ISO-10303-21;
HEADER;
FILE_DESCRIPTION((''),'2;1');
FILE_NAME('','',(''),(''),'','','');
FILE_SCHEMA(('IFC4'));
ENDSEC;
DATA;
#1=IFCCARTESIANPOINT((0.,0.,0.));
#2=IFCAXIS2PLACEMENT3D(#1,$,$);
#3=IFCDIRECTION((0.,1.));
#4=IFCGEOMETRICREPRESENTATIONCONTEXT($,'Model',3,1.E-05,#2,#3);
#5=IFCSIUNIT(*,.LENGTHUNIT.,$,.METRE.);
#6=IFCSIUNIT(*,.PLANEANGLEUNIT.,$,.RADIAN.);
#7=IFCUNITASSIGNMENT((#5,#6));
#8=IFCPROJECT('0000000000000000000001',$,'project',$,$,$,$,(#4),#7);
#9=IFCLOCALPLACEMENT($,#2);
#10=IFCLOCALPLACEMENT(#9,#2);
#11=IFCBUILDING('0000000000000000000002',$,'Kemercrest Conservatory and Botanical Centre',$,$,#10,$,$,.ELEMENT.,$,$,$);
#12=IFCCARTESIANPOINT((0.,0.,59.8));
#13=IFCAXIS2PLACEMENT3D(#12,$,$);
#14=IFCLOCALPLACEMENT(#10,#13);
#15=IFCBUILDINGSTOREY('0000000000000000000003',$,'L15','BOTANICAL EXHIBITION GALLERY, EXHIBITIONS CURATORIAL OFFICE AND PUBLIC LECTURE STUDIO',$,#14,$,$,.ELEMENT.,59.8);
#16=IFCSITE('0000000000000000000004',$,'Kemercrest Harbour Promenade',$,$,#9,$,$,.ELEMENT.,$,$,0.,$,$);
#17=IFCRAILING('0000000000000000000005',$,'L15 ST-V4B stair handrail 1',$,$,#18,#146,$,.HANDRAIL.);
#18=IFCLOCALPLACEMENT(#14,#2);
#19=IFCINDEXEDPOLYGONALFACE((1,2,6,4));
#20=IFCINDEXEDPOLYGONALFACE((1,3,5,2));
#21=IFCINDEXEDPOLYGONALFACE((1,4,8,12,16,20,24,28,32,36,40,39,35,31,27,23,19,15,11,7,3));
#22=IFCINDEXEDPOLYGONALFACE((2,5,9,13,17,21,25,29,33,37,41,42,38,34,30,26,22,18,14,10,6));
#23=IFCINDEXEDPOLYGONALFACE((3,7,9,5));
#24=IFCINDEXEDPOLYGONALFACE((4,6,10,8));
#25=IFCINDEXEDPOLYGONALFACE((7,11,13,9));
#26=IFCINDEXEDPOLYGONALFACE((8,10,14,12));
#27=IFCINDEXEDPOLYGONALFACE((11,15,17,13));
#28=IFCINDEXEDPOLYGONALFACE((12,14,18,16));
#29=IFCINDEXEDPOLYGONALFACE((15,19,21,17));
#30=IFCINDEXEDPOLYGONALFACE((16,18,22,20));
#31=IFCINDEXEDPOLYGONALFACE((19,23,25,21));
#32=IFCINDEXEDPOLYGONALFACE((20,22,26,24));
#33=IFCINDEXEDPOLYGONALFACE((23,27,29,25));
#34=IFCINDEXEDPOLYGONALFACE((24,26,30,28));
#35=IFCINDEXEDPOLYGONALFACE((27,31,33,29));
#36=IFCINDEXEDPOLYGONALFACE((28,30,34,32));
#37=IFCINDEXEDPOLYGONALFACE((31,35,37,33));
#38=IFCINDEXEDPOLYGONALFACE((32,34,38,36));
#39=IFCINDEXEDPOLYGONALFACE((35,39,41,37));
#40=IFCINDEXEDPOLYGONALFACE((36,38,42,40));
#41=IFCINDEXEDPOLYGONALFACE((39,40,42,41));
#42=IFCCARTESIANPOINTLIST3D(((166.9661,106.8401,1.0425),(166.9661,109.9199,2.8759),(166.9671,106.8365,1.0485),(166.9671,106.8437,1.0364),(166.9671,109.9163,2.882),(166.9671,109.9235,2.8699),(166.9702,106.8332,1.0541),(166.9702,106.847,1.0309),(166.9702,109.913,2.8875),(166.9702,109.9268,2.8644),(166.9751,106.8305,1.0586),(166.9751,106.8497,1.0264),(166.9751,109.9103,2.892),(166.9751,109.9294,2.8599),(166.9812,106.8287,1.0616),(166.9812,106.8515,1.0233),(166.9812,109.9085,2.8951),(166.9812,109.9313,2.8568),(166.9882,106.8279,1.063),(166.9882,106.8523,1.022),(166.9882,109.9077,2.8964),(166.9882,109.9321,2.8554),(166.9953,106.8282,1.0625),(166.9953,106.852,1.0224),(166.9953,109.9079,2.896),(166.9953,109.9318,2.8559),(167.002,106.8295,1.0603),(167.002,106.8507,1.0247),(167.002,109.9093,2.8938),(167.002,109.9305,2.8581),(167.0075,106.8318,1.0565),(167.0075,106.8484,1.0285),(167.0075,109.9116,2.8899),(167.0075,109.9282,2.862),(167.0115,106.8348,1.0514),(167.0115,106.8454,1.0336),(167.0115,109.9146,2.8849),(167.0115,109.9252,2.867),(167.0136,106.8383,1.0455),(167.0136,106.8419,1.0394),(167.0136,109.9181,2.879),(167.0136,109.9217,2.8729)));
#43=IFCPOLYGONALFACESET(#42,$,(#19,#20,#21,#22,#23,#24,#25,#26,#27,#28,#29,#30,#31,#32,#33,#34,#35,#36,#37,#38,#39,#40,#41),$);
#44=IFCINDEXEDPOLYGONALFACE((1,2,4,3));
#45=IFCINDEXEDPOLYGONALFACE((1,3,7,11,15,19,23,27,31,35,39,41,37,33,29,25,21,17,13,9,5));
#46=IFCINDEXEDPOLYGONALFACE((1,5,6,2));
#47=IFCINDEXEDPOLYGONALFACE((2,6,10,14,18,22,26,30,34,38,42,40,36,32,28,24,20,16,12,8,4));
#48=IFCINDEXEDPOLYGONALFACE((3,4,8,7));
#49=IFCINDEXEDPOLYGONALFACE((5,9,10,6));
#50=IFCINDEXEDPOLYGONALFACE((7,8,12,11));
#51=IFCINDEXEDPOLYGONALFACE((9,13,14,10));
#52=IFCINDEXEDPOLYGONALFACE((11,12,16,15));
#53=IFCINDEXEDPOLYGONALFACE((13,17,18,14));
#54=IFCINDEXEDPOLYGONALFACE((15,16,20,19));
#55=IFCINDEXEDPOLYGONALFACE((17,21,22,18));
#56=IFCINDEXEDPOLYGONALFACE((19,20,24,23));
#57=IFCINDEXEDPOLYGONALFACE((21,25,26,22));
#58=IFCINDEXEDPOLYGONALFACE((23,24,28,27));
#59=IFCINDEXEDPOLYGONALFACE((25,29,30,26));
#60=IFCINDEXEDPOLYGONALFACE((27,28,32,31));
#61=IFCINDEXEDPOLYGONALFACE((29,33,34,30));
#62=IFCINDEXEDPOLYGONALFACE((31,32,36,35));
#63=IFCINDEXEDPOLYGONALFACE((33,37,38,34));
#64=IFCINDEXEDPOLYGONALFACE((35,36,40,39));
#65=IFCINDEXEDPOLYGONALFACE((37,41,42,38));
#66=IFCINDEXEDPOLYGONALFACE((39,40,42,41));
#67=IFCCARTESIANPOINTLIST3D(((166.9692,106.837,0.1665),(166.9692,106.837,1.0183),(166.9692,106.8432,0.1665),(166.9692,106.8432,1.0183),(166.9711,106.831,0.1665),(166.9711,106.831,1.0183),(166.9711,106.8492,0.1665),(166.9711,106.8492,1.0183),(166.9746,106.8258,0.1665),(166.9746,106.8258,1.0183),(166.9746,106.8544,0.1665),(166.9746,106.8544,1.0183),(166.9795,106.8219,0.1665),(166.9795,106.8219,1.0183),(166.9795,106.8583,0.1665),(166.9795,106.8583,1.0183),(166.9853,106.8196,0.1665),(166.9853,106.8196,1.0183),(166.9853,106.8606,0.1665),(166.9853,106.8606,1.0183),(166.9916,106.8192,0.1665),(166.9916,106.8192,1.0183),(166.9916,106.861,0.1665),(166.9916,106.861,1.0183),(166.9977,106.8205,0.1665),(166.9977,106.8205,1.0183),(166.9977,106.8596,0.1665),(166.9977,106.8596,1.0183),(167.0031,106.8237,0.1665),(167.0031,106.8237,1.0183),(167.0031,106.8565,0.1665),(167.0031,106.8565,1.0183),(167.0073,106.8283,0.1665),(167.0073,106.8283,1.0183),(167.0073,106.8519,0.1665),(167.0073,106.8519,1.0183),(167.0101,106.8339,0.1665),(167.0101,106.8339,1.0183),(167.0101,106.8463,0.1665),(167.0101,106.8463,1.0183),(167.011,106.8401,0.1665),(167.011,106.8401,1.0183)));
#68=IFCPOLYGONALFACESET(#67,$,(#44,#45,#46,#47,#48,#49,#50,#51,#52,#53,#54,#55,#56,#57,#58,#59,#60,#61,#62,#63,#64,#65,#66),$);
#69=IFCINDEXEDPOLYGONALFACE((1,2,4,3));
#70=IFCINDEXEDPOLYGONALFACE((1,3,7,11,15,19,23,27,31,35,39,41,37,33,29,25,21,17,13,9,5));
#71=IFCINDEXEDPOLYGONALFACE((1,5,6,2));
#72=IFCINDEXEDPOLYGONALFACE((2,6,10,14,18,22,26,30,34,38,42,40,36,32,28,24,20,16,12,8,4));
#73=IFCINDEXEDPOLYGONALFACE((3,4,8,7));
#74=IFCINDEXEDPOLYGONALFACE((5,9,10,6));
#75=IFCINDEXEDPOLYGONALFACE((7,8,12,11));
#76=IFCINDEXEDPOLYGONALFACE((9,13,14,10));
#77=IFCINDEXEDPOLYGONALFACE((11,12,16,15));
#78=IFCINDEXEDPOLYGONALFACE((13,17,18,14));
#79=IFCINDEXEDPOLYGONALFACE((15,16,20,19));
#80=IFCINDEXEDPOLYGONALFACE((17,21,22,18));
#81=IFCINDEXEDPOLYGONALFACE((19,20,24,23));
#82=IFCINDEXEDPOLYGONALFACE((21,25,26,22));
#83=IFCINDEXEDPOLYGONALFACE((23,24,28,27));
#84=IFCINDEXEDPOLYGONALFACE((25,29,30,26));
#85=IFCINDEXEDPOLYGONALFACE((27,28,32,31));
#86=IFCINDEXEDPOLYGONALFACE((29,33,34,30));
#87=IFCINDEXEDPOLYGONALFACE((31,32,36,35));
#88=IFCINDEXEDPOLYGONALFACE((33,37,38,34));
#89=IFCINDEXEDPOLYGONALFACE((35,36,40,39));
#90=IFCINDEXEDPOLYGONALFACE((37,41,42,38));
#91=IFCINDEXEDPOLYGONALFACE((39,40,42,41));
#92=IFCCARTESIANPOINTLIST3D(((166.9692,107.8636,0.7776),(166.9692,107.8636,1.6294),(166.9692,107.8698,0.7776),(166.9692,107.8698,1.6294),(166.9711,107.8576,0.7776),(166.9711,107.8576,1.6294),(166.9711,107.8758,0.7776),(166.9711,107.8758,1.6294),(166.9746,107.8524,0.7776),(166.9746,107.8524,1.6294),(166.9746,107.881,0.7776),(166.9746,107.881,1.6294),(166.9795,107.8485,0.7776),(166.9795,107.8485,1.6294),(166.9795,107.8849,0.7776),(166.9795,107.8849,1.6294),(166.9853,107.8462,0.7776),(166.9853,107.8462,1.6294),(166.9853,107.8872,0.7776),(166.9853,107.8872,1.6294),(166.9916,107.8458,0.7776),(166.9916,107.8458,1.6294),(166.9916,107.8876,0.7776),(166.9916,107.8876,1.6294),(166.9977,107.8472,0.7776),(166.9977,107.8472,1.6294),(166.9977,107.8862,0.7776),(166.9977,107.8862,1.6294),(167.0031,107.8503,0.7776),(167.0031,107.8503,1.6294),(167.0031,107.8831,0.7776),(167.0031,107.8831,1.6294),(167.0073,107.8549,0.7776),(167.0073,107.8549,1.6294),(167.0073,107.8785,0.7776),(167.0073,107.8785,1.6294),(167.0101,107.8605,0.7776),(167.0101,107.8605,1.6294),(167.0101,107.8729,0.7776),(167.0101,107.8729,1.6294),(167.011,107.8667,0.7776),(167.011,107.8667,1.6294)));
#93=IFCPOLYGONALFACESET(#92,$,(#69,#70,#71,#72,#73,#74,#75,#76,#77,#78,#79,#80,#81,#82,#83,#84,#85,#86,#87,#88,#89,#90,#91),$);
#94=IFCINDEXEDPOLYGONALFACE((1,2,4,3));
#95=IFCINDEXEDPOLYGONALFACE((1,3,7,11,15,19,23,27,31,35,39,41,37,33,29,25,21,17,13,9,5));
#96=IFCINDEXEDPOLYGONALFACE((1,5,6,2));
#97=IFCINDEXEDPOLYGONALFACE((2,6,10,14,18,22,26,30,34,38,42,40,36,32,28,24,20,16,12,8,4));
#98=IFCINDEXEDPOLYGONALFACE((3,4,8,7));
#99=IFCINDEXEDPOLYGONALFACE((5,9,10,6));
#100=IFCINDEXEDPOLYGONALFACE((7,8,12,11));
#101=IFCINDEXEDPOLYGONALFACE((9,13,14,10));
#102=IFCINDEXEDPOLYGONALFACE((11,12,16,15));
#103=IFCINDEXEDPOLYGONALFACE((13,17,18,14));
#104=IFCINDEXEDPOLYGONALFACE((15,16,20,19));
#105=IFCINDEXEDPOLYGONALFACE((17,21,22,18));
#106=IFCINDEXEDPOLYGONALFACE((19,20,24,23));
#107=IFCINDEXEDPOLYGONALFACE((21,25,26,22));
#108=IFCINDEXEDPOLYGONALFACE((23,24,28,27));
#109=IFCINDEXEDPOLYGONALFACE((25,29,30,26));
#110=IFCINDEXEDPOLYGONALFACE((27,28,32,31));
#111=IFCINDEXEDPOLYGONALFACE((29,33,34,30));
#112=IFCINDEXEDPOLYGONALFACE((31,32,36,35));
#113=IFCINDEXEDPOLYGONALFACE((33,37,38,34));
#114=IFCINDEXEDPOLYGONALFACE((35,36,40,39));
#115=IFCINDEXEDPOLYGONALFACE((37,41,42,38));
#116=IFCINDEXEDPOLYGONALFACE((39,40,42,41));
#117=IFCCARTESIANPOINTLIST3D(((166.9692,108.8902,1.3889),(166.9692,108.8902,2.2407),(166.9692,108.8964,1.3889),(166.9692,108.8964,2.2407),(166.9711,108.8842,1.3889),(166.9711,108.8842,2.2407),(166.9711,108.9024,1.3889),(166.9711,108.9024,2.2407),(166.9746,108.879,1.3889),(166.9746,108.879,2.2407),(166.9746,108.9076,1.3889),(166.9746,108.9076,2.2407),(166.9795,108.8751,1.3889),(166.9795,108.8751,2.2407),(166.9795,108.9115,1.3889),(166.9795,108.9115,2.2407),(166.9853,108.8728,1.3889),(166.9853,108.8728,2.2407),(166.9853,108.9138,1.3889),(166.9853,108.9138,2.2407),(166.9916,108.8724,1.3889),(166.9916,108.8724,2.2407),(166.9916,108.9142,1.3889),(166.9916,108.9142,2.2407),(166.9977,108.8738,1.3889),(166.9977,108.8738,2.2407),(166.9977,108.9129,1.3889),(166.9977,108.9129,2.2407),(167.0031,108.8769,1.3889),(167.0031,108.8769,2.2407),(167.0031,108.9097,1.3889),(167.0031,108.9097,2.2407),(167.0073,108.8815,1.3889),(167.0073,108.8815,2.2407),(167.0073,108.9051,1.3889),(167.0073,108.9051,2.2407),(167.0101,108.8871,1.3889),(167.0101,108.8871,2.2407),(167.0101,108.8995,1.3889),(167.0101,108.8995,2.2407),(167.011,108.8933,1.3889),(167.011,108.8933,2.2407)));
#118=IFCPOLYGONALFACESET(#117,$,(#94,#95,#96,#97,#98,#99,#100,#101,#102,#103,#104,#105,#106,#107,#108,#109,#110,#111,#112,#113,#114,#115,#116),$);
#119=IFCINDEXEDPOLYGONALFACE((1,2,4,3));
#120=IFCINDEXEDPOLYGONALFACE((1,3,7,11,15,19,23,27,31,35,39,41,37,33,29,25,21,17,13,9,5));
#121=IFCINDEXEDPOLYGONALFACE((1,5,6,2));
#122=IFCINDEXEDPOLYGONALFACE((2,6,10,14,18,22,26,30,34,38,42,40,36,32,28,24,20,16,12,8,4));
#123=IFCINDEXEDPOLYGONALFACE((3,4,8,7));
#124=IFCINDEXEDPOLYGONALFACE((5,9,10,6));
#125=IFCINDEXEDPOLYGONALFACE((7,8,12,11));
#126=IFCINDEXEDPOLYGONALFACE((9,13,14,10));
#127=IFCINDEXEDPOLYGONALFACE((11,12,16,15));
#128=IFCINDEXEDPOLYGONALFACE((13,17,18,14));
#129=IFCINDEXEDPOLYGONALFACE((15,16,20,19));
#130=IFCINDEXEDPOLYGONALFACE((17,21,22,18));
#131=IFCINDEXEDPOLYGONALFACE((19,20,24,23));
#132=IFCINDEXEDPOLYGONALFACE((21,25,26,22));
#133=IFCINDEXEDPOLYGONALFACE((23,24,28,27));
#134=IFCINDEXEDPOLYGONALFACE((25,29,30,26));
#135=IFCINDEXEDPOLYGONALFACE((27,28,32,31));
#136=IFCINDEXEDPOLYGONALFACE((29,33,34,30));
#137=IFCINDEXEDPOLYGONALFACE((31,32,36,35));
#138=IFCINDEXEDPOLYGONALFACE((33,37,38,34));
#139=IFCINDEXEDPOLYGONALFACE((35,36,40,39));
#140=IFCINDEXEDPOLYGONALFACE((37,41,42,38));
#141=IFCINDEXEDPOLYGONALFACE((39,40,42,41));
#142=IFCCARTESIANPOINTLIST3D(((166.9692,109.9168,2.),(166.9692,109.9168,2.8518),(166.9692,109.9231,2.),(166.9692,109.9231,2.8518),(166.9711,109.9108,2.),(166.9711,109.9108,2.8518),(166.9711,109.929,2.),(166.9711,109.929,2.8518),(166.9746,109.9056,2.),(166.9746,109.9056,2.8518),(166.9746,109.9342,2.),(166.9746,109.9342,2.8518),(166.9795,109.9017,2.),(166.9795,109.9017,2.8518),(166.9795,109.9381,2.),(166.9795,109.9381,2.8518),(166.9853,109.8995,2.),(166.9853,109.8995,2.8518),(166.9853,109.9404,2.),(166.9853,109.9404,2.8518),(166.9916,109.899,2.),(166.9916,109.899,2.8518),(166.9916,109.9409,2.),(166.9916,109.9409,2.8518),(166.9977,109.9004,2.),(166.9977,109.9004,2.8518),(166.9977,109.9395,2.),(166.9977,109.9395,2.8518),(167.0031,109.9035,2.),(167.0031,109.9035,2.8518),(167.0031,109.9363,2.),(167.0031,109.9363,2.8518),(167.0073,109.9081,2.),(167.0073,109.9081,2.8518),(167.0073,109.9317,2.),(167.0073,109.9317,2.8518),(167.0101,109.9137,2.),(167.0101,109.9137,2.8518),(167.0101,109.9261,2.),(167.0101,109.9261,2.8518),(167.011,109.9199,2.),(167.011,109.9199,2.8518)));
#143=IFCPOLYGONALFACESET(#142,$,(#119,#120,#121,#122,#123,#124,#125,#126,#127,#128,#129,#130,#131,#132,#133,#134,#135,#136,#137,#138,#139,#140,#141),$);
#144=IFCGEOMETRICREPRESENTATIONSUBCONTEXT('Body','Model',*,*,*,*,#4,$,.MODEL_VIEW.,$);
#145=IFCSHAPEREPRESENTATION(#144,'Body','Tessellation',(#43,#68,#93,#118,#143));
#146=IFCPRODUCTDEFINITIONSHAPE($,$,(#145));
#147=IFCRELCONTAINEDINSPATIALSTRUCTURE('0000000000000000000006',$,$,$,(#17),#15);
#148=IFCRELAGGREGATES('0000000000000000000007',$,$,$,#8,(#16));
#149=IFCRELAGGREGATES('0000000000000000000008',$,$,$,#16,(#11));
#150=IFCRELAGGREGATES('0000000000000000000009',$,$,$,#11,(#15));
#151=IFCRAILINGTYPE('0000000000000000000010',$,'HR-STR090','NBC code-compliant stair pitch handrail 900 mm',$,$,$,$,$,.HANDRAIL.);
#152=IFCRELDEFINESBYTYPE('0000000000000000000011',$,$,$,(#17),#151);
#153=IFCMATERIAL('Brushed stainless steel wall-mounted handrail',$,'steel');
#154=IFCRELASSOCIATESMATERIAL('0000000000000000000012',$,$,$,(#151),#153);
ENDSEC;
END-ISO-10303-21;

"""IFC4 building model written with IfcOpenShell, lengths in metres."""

from ifc_helpers import new_model, si_unit, direction, frame, origin, origin_2d, place, context, subcontext, project, spatial, circle, extrude, material, type_object, element, save


model = new_model("IFC4")

# Units and contexts
model_context = context("Model", 3, precision=1e-05, world=origin(), true_north=direction((0.0, 1.0)))
body_context = subcontext(model_context, "Body", "Model", "MODEL_VIEW")
ifc_project = project(units=[si_unit("LENGTHUNIT", "METRE"), si_unit("PLANEANGLEUNIT", "RADIAN")], contexts=[model_context])

# Site, building, storey
site_placement = place(None, origin())
site = spatial("IfcSite", under=ifc_project, at=site_placement, Name="Kemercrest Harbour Promenade", CompositionType="ELEMENT", RefElevation=0.0)
building_placement = place(site_placement, origin())
building = spatial("IfcBuilding", under=site, at=building_placement, Name="Kemercrest Conservatory and Botanical Centre", CompositionType="ELEMENT")
storey_placement = place(building_placement, frame((0.0, 0.0, 59.8)))
storey = spatial("IfcBuildingStorey", under=building, at=storey_placement, Name="L15", Description="BOTANICAL EXHIBITION GALLERY, EXHIBITIONS CURATORIAL OFFICE AND PUBLIC LECTURE STUDIO", CompositionType="ELEMENT", Elevation=59.8)

# Railing
ifc_material_1 = material(Name="Brushed stainless steel wall-mounted handrail", Category="steel")
railing_type_1 = type_object("IfcRailingType", Name="HR-STR090", Description="NBC code-compliant stair pitch handrail 900 mm", PredefinedType="HANDRAIL", material=ifc_material_1)
railing_1_placement = place(storey_placement, frame((166.99, 106.8401, 0.1665)))
element("IfcRailing", 1, at=railing_1_placement, inside=storey, type_object=railing_type_1, Name="L15 ST-V4B stair handrail 1", PredefinedType="HANDRAIL", context=body_context, shape_type="SweptSolid", body=[
    extrude(circle(Radius=0.0239, at=origin_2d()), frame((0.0, 0.0, 0.876), z_axis=(0.0, 0.859261, 0.511538), x_axis=(-1.0, 0.0, 0.0)), (0.0, 0.0, 1.0), 3.5842),
    extrude(circle(Radius=0.021, at=origin_2d()), origin(), (0.0, 0.0, 1.0), 0.8518),
    extrude(circle(Radius=0.021, at=origin_2d()), frame((0.0, 1.0266, 0.6111)), (0.0, 0.0, 1.0), 0.8518),
    extrude(circle(Radius=0.021, at=origin_2d()), frame((0.0, 2.0532, 1.2224)), (0.0, 0.0, 1.0), 0.8518),
    extrude(circle(Radius=0.021, at=origin_2d()), frame((0.0, 3.0798, 1.8335)), (0.0, 0.0, 1.0), 0.8518),
])

save(model, "model.ifc")
